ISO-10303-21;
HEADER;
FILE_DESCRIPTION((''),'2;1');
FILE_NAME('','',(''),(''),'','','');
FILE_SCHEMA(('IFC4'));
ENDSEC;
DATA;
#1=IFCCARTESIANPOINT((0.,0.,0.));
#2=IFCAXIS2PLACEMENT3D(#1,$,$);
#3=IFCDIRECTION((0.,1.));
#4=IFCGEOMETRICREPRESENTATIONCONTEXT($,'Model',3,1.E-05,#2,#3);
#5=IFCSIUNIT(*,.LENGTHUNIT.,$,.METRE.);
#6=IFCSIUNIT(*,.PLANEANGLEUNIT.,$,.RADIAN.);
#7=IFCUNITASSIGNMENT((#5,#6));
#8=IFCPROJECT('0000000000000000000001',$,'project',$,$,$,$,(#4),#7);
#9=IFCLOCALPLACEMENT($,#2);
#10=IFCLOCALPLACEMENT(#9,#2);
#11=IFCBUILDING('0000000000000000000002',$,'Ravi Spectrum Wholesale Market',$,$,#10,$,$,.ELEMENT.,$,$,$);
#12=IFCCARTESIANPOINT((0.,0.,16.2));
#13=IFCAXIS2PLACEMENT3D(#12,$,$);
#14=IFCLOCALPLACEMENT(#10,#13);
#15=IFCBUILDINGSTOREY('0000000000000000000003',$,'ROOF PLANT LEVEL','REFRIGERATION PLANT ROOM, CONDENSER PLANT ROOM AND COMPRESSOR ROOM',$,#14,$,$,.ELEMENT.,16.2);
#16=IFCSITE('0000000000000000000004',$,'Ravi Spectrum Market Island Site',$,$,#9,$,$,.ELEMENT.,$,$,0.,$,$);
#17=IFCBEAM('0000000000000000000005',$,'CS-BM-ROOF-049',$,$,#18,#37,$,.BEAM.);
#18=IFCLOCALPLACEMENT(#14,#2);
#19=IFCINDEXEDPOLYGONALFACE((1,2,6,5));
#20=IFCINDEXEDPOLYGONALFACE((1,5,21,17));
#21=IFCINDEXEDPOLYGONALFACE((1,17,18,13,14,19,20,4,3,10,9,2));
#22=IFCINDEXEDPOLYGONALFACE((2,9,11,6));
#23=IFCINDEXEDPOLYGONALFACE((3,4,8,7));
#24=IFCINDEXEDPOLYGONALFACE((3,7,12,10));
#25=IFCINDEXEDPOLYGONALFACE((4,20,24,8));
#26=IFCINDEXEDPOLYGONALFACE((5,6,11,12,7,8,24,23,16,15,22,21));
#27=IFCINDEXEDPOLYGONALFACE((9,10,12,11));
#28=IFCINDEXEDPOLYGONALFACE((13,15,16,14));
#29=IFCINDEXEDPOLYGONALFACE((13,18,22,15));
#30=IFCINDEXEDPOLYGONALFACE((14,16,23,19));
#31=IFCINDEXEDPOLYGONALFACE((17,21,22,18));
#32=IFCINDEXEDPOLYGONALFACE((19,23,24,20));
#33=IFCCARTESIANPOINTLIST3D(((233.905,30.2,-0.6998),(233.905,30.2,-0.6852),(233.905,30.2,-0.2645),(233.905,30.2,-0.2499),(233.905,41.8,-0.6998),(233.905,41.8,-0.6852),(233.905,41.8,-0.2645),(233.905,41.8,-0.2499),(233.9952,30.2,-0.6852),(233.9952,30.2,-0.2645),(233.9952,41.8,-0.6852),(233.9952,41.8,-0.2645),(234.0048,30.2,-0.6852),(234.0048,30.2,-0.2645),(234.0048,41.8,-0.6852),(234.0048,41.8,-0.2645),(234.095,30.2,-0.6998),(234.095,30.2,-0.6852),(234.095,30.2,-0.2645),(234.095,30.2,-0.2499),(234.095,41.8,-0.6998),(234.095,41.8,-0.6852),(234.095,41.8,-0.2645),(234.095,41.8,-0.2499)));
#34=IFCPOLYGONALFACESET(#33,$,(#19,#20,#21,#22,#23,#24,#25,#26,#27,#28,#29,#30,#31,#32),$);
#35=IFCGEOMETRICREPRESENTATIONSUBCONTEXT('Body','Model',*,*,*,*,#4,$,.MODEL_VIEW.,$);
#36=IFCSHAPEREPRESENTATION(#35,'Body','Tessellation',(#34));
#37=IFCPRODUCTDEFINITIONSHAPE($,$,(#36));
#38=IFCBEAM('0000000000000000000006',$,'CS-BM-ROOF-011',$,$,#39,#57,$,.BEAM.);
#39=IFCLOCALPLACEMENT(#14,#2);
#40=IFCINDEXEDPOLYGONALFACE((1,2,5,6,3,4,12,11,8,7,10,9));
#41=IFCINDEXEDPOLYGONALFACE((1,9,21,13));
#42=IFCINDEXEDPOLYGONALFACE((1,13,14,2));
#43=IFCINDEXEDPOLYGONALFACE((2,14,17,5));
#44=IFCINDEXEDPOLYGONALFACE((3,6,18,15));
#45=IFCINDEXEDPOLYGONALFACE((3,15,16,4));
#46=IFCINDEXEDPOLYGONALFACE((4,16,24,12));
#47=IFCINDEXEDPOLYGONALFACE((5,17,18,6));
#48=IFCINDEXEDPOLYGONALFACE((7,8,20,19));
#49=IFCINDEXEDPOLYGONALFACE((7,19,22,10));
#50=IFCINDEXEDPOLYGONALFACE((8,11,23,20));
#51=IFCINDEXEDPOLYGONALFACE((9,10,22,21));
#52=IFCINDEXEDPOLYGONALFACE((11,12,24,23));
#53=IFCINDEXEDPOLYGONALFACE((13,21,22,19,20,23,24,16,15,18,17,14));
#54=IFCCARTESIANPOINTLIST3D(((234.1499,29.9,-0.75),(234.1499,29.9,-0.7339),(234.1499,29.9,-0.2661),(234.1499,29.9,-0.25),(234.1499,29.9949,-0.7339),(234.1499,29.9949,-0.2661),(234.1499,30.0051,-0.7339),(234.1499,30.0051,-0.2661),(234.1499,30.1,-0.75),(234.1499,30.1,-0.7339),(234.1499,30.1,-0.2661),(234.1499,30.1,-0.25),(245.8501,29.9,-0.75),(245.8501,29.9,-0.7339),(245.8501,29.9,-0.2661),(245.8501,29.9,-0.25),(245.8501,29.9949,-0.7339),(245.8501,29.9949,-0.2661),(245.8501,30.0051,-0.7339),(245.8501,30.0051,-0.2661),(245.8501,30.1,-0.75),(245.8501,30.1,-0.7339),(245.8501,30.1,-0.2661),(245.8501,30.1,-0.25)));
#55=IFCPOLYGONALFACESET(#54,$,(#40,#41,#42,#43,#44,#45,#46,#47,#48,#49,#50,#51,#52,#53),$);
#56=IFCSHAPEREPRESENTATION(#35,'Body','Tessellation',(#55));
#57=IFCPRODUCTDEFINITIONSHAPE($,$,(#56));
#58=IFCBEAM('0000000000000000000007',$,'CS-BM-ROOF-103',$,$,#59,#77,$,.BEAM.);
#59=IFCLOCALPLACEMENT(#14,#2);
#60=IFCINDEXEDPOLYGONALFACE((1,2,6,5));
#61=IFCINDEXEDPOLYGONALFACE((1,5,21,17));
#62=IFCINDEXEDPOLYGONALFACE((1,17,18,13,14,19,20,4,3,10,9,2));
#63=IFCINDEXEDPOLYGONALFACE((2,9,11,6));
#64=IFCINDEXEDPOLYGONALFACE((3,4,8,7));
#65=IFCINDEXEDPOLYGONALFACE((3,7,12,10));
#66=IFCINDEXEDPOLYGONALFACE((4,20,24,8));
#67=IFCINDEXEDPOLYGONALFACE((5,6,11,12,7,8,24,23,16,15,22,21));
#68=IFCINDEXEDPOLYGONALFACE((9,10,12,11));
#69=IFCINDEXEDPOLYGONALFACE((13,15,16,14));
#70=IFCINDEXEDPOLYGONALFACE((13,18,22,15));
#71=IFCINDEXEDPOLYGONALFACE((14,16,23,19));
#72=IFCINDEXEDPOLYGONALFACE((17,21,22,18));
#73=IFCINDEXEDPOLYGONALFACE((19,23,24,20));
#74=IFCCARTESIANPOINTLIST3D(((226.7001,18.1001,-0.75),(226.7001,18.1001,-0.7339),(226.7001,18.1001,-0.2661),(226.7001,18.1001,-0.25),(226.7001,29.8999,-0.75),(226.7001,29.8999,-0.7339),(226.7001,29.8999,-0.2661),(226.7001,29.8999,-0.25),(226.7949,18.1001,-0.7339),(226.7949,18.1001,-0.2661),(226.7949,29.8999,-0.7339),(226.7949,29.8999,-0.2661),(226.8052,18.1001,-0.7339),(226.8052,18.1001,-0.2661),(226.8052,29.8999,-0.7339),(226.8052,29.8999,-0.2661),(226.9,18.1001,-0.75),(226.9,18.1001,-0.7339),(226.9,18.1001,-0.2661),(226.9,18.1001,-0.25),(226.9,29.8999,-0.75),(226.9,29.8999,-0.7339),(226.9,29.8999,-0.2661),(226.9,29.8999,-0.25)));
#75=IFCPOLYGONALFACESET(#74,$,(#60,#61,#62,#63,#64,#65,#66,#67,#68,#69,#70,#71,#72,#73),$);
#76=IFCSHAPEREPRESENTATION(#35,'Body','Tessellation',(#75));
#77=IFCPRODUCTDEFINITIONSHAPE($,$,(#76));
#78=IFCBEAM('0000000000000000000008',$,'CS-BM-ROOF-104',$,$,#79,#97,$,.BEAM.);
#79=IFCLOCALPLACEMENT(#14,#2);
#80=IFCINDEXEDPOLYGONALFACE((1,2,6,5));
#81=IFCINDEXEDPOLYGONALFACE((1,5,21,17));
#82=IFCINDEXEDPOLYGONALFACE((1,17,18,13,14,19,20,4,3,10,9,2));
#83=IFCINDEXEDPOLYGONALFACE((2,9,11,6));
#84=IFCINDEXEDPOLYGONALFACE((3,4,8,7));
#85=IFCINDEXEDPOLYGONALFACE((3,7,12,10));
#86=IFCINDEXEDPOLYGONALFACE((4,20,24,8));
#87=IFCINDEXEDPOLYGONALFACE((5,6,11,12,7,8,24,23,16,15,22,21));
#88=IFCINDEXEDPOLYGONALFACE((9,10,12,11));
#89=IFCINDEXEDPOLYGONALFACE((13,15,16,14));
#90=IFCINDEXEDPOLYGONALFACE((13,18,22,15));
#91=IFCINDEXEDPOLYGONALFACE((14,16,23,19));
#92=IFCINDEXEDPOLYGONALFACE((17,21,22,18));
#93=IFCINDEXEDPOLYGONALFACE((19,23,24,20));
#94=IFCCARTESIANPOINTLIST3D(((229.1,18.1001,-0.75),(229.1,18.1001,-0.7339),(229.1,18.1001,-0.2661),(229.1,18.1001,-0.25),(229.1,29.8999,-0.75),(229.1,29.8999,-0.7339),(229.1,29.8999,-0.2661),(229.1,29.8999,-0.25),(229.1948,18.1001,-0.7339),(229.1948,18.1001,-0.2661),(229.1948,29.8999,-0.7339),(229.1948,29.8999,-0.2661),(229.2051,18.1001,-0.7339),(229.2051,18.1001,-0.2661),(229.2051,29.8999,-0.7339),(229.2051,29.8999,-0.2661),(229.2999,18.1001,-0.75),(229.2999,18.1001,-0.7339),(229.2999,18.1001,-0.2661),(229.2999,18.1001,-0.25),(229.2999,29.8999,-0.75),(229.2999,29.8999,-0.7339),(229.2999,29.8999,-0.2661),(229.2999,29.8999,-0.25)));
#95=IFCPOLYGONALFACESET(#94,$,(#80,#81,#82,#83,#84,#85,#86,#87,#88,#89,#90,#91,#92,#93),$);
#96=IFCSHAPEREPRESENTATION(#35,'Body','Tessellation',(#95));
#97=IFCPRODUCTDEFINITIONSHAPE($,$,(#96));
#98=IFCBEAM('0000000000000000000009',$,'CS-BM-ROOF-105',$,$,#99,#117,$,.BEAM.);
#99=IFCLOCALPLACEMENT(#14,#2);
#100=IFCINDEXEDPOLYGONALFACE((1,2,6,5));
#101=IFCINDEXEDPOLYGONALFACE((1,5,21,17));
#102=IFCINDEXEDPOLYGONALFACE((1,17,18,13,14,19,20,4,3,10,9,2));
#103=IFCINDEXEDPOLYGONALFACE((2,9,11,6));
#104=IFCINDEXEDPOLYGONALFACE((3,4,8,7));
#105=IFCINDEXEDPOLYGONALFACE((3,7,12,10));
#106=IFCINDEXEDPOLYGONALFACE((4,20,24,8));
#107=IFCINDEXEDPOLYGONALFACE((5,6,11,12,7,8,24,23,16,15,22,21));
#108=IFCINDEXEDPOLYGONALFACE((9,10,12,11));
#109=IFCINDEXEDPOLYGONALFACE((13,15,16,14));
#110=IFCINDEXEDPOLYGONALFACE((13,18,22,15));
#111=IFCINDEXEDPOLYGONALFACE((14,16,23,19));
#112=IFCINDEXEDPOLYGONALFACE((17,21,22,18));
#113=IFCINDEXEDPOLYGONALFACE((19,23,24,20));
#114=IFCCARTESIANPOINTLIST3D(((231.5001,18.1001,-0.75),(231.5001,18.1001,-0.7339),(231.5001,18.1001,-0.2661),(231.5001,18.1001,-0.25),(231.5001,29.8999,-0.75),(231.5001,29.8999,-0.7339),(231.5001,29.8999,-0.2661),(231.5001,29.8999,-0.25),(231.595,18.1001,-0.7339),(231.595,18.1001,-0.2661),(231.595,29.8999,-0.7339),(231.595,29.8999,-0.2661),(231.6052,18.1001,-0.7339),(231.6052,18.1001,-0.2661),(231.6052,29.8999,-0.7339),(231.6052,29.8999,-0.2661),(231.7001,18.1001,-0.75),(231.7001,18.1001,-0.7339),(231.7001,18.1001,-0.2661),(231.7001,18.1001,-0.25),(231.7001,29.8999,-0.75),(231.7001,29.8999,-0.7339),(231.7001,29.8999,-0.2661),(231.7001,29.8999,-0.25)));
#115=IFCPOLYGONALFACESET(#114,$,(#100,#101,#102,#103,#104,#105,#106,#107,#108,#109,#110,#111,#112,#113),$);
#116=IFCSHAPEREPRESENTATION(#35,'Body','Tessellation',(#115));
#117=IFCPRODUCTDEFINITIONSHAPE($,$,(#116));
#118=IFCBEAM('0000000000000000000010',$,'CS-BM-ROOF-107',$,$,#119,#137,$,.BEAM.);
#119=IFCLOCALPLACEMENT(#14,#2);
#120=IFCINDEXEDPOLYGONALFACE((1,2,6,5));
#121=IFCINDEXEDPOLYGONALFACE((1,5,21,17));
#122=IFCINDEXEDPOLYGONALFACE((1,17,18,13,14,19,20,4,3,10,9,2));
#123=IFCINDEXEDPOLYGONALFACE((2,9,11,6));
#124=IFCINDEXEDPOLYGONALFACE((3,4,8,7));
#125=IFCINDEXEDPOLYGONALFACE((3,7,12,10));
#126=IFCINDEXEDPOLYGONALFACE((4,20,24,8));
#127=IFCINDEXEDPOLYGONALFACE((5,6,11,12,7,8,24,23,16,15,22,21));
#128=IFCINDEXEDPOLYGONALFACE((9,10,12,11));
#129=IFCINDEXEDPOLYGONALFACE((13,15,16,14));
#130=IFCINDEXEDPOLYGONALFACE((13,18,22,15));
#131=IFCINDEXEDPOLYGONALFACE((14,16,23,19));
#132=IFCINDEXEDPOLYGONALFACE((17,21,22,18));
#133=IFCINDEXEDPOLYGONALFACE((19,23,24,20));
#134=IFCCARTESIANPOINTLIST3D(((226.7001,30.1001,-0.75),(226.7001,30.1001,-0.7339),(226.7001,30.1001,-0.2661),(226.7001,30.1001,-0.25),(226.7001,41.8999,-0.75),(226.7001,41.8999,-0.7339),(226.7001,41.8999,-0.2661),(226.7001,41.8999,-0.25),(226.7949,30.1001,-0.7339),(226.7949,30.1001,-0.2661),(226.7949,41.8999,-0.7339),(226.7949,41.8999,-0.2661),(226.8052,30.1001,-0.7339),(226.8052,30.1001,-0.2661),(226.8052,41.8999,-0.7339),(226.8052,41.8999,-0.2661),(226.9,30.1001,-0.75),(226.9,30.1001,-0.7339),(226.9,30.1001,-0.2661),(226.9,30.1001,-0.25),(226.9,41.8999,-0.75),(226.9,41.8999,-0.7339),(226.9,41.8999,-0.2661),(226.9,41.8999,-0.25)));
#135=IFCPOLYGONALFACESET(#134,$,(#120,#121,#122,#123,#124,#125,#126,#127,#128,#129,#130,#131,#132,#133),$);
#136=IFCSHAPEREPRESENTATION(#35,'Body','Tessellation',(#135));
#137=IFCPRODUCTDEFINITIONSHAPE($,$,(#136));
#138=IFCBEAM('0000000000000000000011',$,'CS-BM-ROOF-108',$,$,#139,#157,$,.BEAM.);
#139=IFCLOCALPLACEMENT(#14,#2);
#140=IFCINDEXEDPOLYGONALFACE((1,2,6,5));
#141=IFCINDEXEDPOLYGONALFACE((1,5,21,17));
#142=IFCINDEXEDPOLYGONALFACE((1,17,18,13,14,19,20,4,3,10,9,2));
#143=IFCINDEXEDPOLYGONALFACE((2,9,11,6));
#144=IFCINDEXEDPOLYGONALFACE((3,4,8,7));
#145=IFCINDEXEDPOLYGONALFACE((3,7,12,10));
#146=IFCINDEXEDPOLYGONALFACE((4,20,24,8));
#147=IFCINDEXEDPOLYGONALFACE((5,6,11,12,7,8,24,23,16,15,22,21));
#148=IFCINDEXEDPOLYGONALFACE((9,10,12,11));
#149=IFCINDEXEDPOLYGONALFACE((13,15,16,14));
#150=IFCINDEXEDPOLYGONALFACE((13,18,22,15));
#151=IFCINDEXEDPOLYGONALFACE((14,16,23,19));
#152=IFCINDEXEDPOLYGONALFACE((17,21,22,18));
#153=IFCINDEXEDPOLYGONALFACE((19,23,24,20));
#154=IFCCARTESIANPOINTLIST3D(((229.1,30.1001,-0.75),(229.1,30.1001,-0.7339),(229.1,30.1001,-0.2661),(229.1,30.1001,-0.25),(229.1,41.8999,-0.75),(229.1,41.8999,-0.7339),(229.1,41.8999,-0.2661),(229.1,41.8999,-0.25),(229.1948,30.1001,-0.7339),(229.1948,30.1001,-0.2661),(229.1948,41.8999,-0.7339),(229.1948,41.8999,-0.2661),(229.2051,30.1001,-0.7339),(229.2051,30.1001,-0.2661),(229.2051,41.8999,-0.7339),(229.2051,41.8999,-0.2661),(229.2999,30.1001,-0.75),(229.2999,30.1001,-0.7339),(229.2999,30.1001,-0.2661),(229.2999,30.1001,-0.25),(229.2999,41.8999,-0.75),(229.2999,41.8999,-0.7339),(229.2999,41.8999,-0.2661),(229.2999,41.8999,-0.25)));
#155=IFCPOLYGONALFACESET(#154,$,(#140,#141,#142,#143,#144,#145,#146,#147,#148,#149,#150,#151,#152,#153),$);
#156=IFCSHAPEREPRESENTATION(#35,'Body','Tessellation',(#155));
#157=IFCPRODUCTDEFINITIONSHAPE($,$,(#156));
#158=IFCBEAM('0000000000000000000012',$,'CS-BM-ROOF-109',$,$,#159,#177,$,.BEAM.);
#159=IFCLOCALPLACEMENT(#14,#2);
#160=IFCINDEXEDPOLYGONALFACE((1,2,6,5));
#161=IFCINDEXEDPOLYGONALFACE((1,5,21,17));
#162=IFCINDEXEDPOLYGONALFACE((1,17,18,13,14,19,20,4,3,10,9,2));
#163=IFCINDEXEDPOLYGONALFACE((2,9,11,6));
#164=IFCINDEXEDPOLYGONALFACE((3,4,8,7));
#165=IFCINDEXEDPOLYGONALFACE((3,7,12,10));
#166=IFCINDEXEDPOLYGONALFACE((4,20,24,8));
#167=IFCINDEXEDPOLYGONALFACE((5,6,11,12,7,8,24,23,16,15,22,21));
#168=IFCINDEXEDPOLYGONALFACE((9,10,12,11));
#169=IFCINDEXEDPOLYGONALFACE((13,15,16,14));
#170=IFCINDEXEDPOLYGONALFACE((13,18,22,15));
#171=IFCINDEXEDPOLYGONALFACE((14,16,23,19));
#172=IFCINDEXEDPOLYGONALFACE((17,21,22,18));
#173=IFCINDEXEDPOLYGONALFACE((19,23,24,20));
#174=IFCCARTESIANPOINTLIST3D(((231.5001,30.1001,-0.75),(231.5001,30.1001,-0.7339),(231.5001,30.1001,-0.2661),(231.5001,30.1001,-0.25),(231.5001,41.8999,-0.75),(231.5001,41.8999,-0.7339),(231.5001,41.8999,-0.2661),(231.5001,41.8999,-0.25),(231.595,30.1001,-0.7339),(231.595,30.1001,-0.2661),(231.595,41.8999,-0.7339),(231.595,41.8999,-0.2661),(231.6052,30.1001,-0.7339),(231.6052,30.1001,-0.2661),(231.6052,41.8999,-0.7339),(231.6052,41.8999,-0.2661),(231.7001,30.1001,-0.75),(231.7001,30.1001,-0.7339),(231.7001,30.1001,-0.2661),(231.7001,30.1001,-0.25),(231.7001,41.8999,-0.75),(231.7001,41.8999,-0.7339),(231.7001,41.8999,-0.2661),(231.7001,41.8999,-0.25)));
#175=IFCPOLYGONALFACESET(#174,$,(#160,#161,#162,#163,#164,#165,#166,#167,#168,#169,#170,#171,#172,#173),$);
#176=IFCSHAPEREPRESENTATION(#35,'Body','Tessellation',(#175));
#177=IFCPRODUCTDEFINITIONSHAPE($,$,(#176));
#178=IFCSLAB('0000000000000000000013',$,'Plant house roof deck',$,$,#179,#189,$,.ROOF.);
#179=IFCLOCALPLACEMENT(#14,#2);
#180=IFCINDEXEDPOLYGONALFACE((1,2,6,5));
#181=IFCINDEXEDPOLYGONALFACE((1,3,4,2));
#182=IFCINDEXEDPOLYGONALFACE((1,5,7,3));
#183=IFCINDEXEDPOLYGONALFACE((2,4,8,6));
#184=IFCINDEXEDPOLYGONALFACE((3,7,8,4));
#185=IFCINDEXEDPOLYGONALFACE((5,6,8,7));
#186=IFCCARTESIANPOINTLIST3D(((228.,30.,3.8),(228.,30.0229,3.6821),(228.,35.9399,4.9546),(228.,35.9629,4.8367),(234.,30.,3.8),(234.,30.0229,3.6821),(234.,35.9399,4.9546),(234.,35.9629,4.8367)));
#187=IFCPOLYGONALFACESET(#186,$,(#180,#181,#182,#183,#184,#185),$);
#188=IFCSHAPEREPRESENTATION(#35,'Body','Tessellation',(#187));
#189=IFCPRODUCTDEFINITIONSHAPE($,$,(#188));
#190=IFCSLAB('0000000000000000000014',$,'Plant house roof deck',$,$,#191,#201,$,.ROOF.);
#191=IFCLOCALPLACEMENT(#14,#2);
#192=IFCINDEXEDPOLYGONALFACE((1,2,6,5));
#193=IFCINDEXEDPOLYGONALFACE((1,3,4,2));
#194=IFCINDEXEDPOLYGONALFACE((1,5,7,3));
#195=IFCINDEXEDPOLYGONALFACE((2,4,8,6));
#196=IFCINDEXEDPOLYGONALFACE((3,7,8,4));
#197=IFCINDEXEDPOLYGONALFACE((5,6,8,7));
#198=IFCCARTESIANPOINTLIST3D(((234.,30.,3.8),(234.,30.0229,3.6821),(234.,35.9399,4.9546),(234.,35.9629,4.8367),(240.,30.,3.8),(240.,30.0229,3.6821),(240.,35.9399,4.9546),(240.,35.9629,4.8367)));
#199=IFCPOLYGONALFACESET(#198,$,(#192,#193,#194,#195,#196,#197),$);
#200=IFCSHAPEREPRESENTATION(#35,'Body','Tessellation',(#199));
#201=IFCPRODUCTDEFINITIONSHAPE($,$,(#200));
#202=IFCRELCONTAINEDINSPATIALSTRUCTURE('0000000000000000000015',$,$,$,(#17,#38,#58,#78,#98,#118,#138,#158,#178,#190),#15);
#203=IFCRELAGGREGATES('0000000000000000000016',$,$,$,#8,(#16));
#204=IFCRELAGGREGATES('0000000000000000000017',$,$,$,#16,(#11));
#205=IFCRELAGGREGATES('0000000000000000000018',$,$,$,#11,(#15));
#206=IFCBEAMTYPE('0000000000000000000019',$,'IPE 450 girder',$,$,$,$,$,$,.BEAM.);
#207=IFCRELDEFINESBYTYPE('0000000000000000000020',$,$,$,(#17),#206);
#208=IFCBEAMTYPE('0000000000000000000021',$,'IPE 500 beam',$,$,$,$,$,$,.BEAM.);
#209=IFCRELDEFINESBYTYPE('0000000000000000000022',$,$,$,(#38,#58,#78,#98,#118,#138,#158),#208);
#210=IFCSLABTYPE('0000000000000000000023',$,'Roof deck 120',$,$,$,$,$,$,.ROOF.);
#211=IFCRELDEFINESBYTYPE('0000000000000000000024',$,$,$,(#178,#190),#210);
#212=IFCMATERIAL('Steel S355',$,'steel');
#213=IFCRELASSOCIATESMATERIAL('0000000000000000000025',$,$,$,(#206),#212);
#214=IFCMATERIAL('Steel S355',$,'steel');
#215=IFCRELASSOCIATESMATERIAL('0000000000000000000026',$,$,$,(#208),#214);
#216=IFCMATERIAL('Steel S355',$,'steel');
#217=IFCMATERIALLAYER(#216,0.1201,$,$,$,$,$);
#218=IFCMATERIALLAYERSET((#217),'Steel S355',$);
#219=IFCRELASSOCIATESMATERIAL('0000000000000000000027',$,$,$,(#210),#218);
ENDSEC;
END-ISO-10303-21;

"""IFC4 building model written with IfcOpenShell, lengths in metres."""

from ifc_helpers import new_model, si_unit, direction, frame, origin, origin_2d, place, context, subcontext, project, spatial, polyline, i_section, outline, extrude, material, layer, layer_set, material_profile, profile_set, type_object, element, save


model = new_model("IFC4")

# Units and contexts
model_context = context("Model", 3, precision=1e-05, world=origin(), true_north=direction((0.0, 1.0)))
body_context = subcontext(model_context, "Body", "Model", "MODEL_VIEW")
ifc_project = project(units=[si_unit("LENGTHUNIT", "METRE"), si_unit("PLANEANGLEUNIT", "RADIAN")], contexts=[model_context])

# Site, building, storey
site_placement = place(None, origin())
site = spatial("IfcSite", under=ifc_project, at=site_placement, Name="Ravi Spectrum Market Island Site", CompositionType="ELEMENT", RefElevation=0.0)
building_placement = place(site_placement, origin())
building = spatial("IfcBuilding", under=site, at=building_placement, Name="Ravi Spectrum Wholesale Market", CompositionType="ELEMENT")
storey_placement = place(building_placement, frame((0.0, 0.0, 16.2)))
storey = spatial("IfcBuildingStorey", under=building, at=storey_placement, Name="ROOF PLANT LEVEL", Description="REFRIGERATION PLANT ROOM, CONDENSER PLANT ROOM AND COMPRESSOR ROOM", CompositionType="ELEMENT", Elevation=16.2)

# Beams
ifc_material_1 = material(Name="Steel S355", Category="steel")
ifc_material_profile_1 = material_profile(ifc_material_1, i_section(OverallWidth=0.1899, OverallDepth=0.45, WebThickness=0.0095, FlangeThickness=0.0146, at=origin_2d()))
ifc_profile_set_1 = profile_set([ifc_material_profile_1], Name="Steel S355")
beam_type_1 = type_object("IfcBeamType", Name="IPE 450 girder", PredefinedType="BEAM", material=ifc_profile_set_1)
beam_1_placement = place(storey_placement, frame((234.0, 30.2, -0.4749), z_axis=(0.0, 1.0, 0.0), x_axis=(-1.0, 0.0, 0.0)))
element("IfcBeam", 1, at=beam_1_placement, inside=storey, type_object=beam_type_1, Name="CS-BM-ROOF-049", PredefinedType="BEAM", context=body_context, shape_type="SweptSolid", body=[
    extrude(i_section(OverallWidth=0.1899, OverallDepth=0.45, WebThickness=0.0095, FlangeThickness=0.0146, at=origin_2d()), origin(), (0.0, 0.0, 1.0), 11.6001),
])
ifc_material_2 = material(Name="Steel S355", Category="steel")
ifc_material_profile_2 = material_profile(ifc_material_2, i_section(OverallWidth=0.2, OverallDepth=0.5, WebThickness=0.0103, FlangeThickness=0.0161, at=origin_2d()))
ifc_profile_set_2 = profile_set([ifc_material_profile_2], Name="Steel S355")
beam_type_2 = type_object("IfcBeamType", Name="IPE 500 beam", PredefinedType="BEAM", material=ifc_profile_set_2)
beam_2_placement = place(storey_placement, frame((234.1499, 30.0, -0.5), z_axis=(1.0, 0.0, 0.0), x_axis=(0.0, 1.0, 0.0)))
element("IfcBeam", 2, at=beam_2_placement, inside=storey, type_object=beam_type_2, Name="CS-BM-ROOF-011", PredefinedType="BEAM", context=body_context, shape_type="SweptSolid", body=[
    extrude(i_section(OverallWidth=0.2, OverallDepth=0.5, WebThickness=0.0103, FlangeThickness=0.0161, at=origin_2d()), origin(), (0.0, 0.0, 1.0), 11.7002),
])
for number, where, z_axis, x_axis, name in (
    (3, (226.8, 18.1001, -0.5), (0.0, 1.0, 0.0), (-1.0, 0.0, 0.0), "CS-BM-ROOF-103"),
    (4, (229.2, 18.1001, -0.5), (0.0, 1.0, 0.0), (-1.0, 0.0, 0.0), "CS-BM-ROOF-104"),
    (5, (231.6001, 18.1001, -0.5), (0.0, 1.0, 0.0), (-1.0, 0.0, 0.0), "CS-BM-ROOF-105"),
    (6, (226.8, 30.1001, -0.5), (0.0, 1.0, 0.0), (-1.0, 0.0, 0.0), "CS-BM-ROOF-107"),
    (7, (229.2, 30.1001, -0.5), (0.0, 1.0, 0.0), (-1.0, 0.0, 0.0), "CS-BM-ROOF-108"),
    (8, (231.6001, 30.1001, -0.5), (0.0, 1.0, 0.0), (-1.0, 0.0, 0.0), "CS-BM-ROOF-109"),
):
    element("IfcBeam", number, at=place(storey_placement, frame(where, z_axis=z_axis, x_axis=x_axis)), inside=storey, type_object=beam_type_2, Name=name, PredefinedType="BEAM", context=body_context, shape_type="SweptSolid", body=[
        extrude(i_section(OverallWidth=0.2, OverallDepth=0.5, WebThickness=0.0103, FlangeThickness=0.0161, at=origin_2d()), origin(), (0.0, 0.0, 1.0), 11.7998),
    ])

# Slabs
ifc_material_3 = material(Name="Steel S355", Category="steel")
ifc_layer_1 = layer(ifc_material_3, 0.1201)
ifc_layer_set_1 = layer_set([ifc_layer_1], Name="Steel S355")
slab_type = type_object("IfcSlabType", Name="Roof deck 120", PredefinedType="ROOF", material=ifc_layer_set_1)
for number, where, z_axis, x_axis, name in (
    (9, (228.0, 30.0, 3.8), (0.0, -0.190798, 0.981629), (1.0, 0.0, 0.0), "Plant house roof deck"),
    (10, (234.0, 30.0, 3.8), (0.0, -0.190798, 0.981629), (1.0, 0.0, 0.0), "Plant house roof deck"),
):
    element("IfcSlab", number, at=place(storey_placement, frame(where, z_axis=z_axis, x_axis=x_axis)), inside=storey, type_object=slab_type, Name=name, PredefinedType="ROOF", context=body_context, shape_type="SweptSolid", body=[
        extrude(outline(polyline([(0.0, 0.0), (6.0, 0.0), (6.0, 6.0511), (0.0, 6.0511), (0.0, 0.0)])), origin(), (0.0, 0.0, -1.0), 0.1201),
    ])

save(model, "model.ifc")
